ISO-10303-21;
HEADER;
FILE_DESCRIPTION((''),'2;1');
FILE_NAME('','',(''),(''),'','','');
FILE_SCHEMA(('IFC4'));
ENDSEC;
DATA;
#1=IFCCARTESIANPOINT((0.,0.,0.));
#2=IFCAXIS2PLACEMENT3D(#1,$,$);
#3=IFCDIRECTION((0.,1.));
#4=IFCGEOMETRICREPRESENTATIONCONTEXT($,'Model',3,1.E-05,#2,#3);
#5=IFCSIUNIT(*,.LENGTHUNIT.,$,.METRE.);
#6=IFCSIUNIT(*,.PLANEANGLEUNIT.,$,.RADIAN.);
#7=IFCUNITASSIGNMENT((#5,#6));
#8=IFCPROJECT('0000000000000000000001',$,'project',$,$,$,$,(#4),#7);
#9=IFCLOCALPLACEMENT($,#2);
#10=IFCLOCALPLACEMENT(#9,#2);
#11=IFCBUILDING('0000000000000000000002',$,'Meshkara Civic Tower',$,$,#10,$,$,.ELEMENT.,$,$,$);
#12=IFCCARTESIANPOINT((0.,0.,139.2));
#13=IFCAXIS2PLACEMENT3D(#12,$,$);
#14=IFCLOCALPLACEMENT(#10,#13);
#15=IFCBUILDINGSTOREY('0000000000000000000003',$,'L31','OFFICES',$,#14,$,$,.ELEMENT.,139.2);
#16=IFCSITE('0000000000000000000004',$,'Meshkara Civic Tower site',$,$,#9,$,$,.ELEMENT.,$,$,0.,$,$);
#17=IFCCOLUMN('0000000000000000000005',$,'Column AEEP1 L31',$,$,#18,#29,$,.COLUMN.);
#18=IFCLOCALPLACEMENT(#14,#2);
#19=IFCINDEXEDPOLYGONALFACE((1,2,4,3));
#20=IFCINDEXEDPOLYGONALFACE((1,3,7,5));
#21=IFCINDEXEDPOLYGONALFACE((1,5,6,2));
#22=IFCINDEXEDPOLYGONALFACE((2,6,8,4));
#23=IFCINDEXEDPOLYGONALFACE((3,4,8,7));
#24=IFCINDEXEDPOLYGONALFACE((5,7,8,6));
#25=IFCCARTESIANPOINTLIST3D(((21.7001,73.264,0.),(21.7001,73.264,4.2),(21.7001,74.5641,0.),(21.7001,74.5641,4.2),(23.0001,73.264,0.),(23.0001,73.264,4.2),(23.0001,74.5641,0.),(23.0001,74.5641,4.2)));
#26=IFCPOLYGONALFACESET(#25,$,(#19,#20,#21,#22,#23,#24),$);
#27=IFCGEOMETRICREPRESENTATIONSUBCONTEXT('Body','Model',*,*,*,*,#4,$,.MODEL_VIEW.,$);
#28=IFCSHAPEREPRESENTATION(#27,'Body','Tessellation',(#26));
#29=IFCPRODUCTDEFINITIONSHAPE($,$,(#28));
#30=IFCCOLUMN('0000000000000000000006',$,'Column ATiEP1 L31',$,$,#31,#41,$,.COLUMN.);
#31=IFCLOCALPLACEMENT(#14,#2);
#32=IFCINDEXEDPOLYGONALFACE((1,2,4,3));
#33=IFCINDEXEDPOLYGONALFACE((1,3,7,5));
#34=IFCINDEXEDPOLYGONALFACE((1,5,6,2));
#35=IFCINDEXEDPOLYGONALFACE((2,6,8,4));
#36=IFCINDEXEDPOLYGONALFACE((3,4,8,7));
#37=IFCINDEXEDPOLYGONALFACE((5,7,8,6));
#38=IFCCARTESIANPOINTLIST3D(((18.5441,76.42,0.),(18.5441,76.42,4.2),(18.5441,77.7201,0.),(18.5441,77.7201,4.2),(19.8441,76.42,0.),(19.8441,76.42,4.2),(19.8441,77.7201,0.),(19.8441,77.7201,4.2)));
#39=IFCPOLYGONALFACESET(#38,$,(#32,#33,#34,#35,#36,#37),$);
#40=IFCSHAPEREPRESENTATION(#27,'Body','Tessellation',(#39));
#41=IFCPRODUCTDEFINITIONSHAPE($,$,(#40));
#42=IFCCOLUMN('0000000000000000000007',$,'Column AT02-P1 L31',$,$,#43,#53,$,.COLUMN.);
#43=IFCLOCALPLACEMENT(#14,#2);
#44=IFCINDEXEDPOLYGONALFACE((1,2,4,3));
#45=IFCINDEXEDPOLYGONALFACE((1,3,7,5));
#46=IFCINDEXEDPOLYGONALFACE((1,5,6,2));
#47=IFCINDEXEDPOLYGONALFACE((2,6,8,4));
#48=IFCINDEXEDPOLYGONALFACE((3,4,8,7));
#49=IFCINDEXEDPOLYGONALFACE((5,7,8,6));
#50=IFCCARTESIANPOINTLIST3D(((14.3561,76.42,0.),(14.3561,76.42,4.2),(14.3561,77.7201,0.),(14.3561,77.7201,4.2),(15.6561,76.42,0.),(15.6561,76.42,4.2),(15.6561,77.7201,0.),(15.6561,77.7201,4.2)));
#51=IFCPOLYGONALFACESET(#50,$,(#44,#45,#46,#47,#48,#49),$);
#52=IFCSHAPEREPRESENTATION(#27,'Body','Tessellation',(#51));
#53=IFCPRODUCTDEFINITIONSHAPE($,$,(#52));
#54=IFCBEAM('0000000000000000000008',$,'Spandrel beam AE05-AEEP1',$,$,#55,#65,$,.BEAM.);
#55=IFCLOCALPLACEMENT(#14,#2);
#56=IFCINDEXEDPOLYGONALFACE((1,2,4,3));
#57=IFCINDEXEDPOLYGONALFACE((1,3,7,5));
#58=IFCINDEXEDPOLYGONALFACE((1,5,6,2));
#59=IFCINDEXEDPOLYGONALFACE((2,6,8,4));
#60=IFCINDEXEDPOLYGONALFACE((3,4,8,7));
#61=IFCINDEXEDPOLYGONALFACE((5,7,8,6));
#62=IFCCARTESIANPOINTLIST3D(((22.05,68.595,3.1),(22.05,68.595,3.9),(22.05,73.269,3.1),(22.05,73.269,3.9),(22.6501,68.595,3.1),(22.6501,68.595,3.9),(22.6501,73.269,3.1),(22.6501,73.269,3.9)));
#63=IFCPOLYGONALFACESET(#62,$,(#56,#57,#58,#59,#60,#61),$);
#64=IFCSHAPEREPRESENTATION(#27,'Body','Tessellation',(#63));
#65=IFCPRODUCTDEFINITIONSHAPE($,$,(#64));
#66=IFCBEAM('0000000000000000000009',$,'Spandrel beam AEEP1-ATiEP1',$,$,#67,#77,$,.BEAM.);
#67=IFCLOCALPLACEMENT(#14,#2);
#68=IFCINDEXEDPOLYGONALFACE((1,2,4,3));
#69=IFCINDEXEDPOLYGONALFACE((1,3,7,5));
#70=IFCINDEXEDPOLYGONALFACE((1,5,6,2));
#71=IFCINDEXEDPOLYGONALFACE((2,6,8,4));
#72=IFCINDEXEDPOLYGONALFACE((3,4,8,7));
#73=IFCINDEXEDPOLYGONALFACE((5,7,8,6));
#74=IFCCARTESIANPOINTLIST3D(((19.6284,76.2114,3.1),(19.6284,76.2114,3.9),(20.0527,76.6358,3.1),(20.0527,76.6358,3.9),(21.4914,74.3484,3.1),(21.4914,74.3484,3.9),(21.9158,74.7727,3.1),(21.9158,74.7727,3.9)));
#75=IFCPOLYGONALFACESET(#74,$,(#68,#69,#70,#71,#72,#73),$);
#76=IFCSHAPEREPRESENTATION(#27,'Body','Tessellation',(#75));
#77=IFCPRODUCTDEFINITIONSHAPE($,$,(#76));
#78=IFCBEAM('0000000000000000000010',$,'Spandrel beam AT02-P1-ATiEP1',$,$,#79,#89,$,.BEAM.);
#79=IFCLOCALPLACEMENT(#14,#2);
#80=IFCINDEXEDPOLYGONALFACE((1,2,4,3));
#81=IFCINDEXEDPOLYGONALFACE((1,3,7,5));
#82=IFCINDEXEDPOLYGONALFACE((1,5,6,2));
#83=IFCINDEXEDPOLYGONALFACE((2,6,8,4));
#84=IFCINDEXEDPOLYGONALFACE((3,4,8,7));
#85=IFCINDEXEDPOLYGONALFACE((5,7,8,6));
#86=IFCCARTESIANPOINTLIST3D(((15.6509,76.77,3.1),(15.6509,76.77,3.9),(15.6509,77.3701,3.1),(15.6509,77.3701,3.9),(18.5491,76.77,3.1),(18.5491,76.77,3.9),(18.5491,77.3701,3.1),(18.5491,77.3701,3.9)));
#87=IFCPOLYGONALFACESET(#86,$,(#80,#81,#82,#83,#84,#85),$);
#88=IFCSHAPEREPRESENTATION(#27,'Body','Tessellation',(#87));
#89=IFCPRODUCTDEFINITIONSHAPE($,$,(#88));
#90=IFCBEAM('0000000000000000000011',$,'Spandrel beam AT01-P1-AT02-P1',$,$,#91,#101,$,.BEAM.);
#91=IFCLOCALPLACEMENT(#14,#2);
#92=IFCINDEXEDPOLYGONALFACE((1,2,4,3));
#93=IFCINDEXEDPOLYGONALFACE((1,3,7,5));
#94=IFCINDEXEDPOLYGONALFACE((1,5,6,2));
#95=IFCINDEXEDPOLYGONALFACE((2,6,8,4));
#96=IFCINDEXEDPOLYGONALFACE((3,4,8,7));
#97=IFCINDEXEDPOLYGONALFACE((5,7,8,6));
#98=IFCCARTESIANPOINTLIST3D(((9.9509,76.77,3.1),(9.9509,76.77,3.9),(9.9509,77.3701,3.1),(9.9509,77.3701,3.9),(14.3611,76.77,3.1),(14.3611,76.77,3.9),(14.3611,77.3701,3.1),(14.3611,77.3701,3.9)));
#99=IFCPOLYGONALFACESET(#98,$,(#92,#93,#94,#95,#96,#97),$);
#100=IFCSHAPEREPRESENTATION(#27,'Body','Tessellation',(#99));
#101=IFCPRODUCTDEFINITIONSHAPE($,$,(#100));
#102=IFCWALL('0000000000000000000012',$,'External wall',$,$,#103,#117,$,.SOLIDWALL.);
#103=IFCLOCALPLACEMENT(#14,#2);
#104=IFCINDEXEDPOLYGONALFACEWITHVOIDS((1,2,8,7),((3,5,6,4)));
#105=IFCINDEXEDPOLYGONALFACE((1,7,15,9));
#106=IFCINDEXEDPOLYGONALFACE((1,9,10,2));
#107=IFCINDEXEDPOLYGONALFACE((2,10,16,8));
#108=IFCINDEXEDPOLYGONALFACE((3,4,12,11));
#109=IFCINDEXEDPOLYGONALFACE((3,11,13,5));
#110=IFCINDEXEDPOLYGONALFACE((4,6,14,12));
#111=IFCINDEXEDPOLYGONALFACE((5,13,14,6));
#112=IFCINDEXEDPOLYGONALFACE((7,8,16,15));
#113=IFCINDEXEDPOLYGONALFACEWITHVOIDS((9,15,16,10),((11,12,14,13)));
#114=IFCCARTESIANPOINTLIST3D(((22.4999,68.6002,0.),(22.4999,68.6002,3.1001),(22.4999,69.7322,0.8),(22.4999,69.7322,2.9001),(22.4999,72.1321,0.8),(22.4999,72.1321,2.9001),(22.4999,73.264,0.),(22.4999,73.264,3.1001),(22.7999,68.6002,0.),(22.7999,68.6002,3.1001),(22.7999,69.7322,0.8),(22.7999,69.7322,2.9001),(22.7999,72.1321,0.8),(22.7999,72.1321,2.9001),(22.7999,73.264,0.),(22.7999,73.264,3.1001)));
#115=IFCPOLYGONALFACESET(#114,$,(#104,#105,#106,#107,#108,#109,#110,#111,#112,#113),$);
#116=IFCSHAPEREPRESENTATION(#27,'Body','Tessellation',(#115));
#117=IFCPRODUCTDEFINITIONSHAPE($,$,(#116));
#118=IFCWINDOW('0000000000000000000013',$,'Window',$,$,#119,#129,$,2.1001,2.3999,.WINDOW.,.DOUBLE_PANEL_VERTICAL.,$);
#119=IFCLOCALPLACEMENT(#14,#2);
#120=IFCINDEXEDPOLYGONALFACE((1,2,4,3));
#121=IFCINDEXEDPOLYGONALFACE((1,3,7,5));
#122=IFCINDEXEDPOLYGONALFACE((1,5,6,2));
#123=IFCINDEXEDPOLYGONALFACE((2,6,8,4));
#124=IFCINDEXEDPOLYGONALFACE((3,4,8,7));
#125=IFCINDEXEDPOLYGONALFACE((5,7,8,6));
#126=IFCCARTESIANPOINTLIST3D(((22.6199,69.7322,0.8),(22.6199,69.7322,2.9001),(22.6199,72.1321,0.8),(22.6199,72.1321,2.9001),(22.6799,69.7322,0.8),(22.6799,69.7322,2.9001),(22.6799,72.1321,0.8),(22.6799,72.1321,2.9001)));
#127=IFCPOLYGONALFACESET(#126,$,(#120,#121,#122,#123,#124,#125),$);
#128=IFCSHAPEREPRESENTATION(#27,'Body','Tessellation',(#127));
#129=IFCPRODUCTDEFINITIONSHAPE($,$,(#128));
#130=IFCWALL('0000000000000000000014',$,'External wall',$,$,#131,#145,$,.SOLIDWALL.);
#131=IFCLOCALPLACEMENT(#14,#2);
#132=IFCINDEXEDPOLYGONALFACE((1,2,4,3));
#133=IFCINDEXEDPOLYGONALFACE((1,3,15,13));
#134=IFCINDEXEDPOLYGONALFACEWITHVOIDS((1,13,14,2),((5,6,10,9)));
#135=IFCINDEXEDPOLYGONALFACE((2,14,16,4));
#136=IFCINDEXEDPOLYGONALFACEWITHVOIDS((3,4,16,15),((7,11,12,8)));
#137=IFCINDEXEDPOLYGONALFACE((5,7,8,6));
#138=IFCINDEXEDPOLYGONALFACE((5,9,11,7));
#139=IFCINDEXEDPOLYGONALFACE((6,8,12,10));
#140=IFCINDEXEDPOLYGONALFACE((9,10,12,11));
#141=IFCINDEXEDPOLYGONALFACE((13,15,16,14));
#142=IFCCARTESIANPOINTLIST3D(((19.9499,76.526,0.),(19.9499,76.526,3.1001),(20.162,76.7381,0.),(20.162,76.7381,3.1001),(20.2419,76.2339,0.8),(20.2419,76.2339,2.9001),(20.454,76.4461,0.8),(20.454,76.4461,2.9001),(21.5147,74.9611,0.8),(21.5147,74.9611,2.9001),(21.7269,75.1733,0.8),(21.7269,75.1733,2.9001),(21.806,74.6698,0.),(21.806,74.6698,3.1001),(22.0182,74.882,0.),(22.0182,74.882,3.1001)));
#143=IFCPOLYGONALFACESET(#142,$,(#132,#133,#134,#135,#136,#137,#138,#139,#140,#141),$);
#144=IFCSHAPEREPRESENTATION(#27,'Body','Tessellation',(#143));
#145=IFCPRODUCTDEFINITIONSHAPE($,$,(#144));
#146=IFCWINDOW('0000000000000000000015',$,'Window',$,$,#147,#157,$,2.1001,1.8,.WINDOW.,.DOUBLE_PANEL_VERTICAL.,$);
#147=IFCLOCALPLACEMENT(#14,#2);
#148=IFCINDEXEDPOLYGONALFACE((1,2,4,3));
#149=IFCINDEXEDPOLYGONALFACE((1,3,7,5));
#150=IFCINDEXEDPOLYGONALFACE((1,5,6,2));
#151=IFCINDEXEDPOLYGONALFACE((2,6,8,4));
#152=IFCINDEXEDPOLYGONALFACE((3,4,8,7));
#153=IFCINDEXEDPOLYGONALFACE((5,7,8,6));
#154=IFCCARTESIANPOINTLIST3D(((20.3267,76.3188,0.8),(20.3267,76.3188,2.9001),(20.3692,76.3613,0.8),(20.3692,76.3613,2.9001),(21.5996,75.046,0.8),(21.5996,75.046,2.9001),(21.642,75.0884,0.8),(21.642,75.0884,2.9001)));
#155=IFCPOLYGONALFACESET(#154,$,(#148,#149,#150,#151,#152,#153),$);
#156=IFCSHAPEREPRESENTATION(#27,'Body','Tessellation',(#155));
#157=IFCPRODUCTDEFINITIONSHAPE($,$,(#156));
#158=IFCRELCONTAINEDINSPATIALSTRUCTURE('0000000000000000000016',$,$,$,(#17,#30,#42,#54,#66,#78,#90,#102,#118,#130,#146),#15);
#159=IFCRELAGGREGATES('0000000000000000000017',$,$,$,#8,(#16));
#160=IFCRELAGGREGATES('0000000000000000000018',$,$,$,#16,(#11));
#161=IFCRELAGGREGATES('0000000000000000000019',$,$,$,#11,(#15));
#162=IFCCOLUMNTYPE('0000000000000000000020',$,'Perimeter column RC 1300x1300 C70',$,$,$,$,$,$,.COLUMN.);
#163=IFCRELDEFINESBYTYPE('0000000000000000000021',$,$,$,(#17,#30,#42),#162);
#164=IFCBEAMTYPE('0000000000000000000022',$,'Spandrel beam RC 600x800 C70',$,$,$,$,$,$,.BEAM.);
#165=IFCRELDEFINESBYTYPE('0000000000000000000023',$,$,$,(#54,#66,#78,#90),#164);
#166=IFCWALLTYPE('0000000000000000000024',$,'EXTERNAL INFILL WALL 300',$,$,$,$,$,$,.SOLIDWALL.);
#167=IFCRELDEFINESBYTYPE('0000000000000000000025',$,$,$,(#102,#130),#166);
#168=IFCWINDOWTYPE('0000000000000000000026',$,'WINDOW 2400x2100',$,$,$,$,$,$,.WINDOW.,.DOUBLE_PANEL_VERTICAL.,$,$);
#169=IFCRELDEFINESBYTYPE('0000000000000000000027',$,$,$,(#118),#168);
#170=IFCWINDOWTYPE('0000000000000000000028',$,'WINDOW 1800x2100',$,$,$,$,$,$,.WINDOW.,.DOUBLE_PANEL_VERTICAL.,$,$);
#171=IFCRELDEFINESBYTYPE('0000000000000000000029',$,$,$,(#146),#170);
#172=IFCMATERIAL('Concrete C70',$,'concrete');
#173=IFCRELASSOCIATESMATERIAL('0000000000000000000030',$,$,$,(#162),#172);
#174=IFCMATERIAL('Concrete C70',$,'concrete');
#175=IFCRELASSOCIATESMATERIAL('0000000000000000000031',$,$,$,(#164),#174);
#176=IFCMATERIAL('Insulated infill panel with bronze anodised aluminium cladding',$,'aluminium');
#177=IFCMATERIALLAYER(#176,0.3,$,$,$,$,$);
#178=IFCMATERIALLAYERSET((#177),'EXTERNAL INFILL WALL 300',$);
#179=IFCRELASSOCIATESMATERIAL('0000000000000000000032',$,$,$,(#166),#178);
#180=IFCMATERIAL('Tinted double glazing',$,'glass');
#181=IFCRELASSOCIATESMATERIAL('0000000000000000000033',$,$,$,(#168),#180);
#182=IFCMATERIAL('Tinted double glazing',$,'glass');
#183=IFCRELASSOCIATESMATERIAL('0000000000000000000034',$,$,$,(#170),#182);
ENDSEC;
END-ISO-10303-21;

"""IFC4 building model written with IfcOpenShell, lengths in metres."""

from ifc_helpers import new_model, si_unit, direction, frame, frame_2d, origin, origin_2d, place, context, subcontext, project, spatial, rectangle, extrude, material, layer, layer_set, material_profile, profile_set, type_object, element, fill, save


model = new_model("IFC4")

# Units and contexts
model_context = context("Model", 3, precision=1e-05, world=origin(), true_north=direction((0.0, 1.0)))
body_context = subcontext(model_context, "Body", "Model", "MODEL_VIEW")
ifc_project = project(units=[si_unit("LENGTHUNIT", "METRE"), si_unit("PLANEANGLEUNIT", "RADIAN")], contexts=[model_context])

# Site, building, storey
site_placement = place(None, origin())
site = spatial("IfcSite", under=ifc_project, at=site_placement, Name="Meshkara Civic Tower site", CompositionType="ELEMENT", RefElevation=0.0)
building_placement = place(site_placement, origin())
building = spatial("IfcBuilding", under=site, at=building_placement, Name="Meshkara Civic Tower", CompositionType="ELEMENT")
storey_placement = place(building_placement, frame((0.0, 0.0, 139.2)))
storey = spatial("IfcBuildingStorey", under=building, at=storey_placement, Name="L31", Description="OFFICES", CompositionType="ELEMENT", Elevation=139.2)

# Columns
ifc_material_1 = material(Name="Concrete C70", Category="concrete")
ifc_material_profile_1 = material_profile(ifc_material_1, rectangle(XDim=1.3, YDim=1.3, at=origin_2d()))
ifc_profile_set_1 = profile_set([ifc_material_profile_1], Name="Concrete C70")
column_type = type_object("IfcColumnType", Name="Perimeter column RC 1300x1300 C70", PredefinedType="COLUMN", material=ifc_profile_set_1)
for number, where, z_axis, x_axis, name in (
    (1, (22.3501, 73.9141, 0.0), (0.0, 0.0, 1.0), (1.0, 0.0, 0.0), "Column AEEP1 L31"),
    (2, (19.1941, 77.0701, 0.0), (0.0, 0.0, 1.0), (1.0, 0.0, 0.0), "Column ATiEP1 L31"),
    (3, (15.0061, 77.0701, 0.0), (0.0, 0.0, 1.0), (1.0, 0.0, 0.0), "Column AT02-P1 L31"),
):
    element("IfcColumn", number, at=place(storey_placement, frame(where, z_axis=z_axis, x_axis=x_axis)), inside=storey, type_object=column_type, Name=name, PredefinedType="COLUMN", context=body_context, shape_type="SweptSolid", body=[
        extrude(rectangle(XDim=1.3, YDim=1.3, at=origin_2d()), origin(), (0.0, 0.0, 1.0), 4.2),
    ])

# Beams
ifc_material_2 = material(Name="Concrete C70", Category="concrete")
ifc_material_profile_2 = material_profile(ifc_material_2, rectangle(XDim=0.6001, YDim=0.8, at=origin_2d()))
ifc_profile_set_2 = profile_set([ifc_material_profile_2], Name="Concrete C70")
beam_type = type_object("IfcBeamType", Name="Spandrel beam RC 600x800 C70", PredefinedType="BEAM", material=ifc_profile_set_2)
beam_1_placement = place(storey_placement, frame((22.3501, 68.595, 3.5), z_axis=(0.0, 1.0, 0.0), x_axis=(-1.0, 0.0, 0.0)))
element("IfcBeam", 4, at=beam_1_placement, inside=storey, type_object=beam_type, Name="Spandrel beam AE05-AEEP1", PredefinedType="BEAM", context=body_context, shape_type="SweptSolid", body=[
    extrude(rectangle(XDim=0.6001, YDim=0.8, at=origin_2d()), origin(), (0.0, 0.0, 1.0), 4.6741),
])
beam_2_placement = place(storey_placement, frame((21.7036, 74.5605, 3.5), z_axis=(-0.707107, 0.707107, 0.0), x_axis=(-0.707107, -0.707107, 0.0)))
element("IfcBeam", 5, at=beam_2_placement, inside=storey, type_object=beam_type, Name="Spandrel beam AEEP1-ATiEP1", PredefinedType="BEAM", context=body_context, shape_type="SweptSolid", body=[
    extrude(rectangle(XDim=0.6001, YDim=0.8, at=origin_2d()), origin(), (0.0, 0.0, 1.0), 2.6348),
])
beam_3_placement = place(storey_placement, frame((18.5491, 77.0701, 3.5), z_axis=(-1.0, 0.0, 0.0), x_axis=(0.0, -1.0, 0.0)))
element("IfcBeam", 6, at=beam_3_placement, inside=storey, type_object=beam_type, Name="Spandrel beam AT02-P1-ATiEP1", PredefinedType="BEAM", context=body_context, shape_type="SweptSolid", body=[
    extrude(rectangle(XDim=0.6001, YDim=0.8, at=origin_2d()), origin(), (0.0, 0.0, 1.0), 2.8982),
])
beam_4_placement = place(storey_placement, frame((14.3611, 77.0701, 3.5), z_axis=(-1.0, 0.0, 0.0), x_axis=(0.0, -1.0, 0.0)))
element("IfcBeam", 7, at=beam_4_placement, inside=storey, type_object=beam_type, Name="Spandrel beam AT01-P1-AT02-P1", PredefinedType="BEAM", context=body_context, shape_type="SweptSolid", body=[
    extrude(rectangle(XDim=0.6001, YDim=0.8, at=origin_2d()), origin(), (0.0, 0.0, 1.0), 4.4102),
])

# Walls, openings, windows
ifc_material_3 = material(Name="Insulated infill panel with bronze anodised aluminium cladding", Category="aluminium")
ifc_layer = layer(ifc_material_3, 0.3)
ifc_layer_set = layer_set([ifc_layer], Name="EXTERNAL INFILL WALL 300")
wall_type = type_object("IfcWallType", Name="EXTERNAL INFILL WALL 300", PredefinedType="SOLIDWALL", material=ifc_layer_set)
wall_1_placement = place(storey_placement, frame((22.6499, 68.6001, 0.0), z_axis=(0.0, 0.0, 1.0), x_axis=(0.0, 1.0, 0.0)))
wall_1 = element("IfcWall", 8, at=wall_1_placement, inside=storey, type_object=wall_type, Name="External wall", PredefinedType="SOLIDWALL", context=body_context, shape_type="SweptSolid", body=[
    extrude(rectangle(XDim=4.6638, YDim=0.3, at=frame_2d((2.332, 0.0))), origin(), (0.0, 0.0, 1.0), 3.1001),
])
opening_1_placement = place(wall_1_placement, frame((1.1321, 0.0, 0.8)))
opening_1 = element("IfcOpeningElement", 9, at=opening_1_placement, cuts=wall_1, PredefinedType="OPENING", context=body_context, shape_type="SweptSolid", body=[
    extrude(rectangle(XDim=2.3999, YDim=2.1001, at=frame_2d((1.2, 1.05))), frame((0.0, 0.1599, 0.0), z_axis=(0.0, -1.0, 0.0), x_axis=(1.0, 0.0, 0.0)), (0.0, 0.0, 1.0), 0.3201),
])
ifc_material_4 = material(Name="Tinted double glazing", Category="glass")
window_type_1 = type_object("IfcWindowType", Name="WINDOW 2400x2100", PartitioningType="DOUBLE_PANEL_VERTICAL", PredefinedType="WINDOW", material=ifc_material_4)
window_1_placement = place(opening_1_placement, origin())
window_1 = element("IfcWindow", 10, at=window_1_placement, inside=storey, type_object=window_type_1, Name="Window", OverallHeight=2.1001, OverallWidth=2.3999, PartitioningType="DOUBLE_PANEL_VERTICAL", PredefinedType="WINDOW", context=body_context, shape_type="SweptSolid", body=[
    extrude(rectangle(XDim=2.3999, YDim=2.1001, at=frame_2d((1.2, 1.05))), frame((0.0, 0.03, 0.0), z_axis=(0.0, -1.0, 0.0), x_axis=(1.0, 0.0, 0.0)), (0.0, 0.0, 1.0), 0.0601),
])
fill(opening_1, window_1)
wall_2_placement = place(storey_placement, frame((21.9121, 74.7759, 0.0), z_axis=(0.0, 0.0, 1.0), x_axis=(-0.707107, 0.707107, 0.0)))
wall_2 = element("IfcWall", 11, at=wall_2_placement, inside=storey, type_object=wall_type, Name="External wall", PredefinedType="SOLIDWALL", context=body_context, shape_type="SweptSolid", body=[
    extrude(rectangle(XDim=2.625, YDim=0.3, at=frame_2d((1.3125, 0.0))), origin(), (0.0, 0.0, 1.0), 3.1001),
])
opening_2_placement = place(wall_2_placement, frame((0.4121, 0.0, 0.8)))
opening_2 = element("IfcOpeningElement", 12, at=opening_2_placement, cuts=wall_2, PredefinedType="OPENING", context=body_context, shape_type="SweptSolid", body=[
    extrude(rectangle(XDim=1.8, YDim=2.1001, at=frame_2d((0.8999, 1.05))), frame((0.0, 0.1599, 0.0), z_axis=(0.0, -1.0, 0.0), x_axis=(1.0, 0.0, 0.0)), (0.0, 0.0, 1.0), 0.3201),
])
ifc_material_5 = material(Name="Tinted double glazing", Category="glass")
window_type_2 = type_object("IfcWindowType", Name="WINDOW 1800x2100", PartitioningType="DOUBLE_PANEL_VERTICAL", PredefinedType="WINDOW", material=ifc_material_5)
window_2_placement = place(opening_2_placement, origin())
window_2 = element("IfcWindow", 13, at=window_2_placement, inside=storey, type_object=window_type_2, Name="Window", OverallHeight=2.1001, OverallWidth=1.8, PartitioningType="DOUBLE_PANEL_VERTICAL", PredefinedType="WINDOW", context=body_context, shape_type="SweptSolid", body=[
    extrude(rectangle(XDim=1.8, YDim=2.1001, at=frame_2d((0.8999, 1.05))), frame((0.0, 0.03, 0.0), z_axis=(0.0, -1.0, 0.0), x_axis=(1.0, 0.0, 0.0)), (0.0, 0.0, 1.0), 0.0601),
])
fill(opening_2, window_2)

save(model, "model.ifc")
